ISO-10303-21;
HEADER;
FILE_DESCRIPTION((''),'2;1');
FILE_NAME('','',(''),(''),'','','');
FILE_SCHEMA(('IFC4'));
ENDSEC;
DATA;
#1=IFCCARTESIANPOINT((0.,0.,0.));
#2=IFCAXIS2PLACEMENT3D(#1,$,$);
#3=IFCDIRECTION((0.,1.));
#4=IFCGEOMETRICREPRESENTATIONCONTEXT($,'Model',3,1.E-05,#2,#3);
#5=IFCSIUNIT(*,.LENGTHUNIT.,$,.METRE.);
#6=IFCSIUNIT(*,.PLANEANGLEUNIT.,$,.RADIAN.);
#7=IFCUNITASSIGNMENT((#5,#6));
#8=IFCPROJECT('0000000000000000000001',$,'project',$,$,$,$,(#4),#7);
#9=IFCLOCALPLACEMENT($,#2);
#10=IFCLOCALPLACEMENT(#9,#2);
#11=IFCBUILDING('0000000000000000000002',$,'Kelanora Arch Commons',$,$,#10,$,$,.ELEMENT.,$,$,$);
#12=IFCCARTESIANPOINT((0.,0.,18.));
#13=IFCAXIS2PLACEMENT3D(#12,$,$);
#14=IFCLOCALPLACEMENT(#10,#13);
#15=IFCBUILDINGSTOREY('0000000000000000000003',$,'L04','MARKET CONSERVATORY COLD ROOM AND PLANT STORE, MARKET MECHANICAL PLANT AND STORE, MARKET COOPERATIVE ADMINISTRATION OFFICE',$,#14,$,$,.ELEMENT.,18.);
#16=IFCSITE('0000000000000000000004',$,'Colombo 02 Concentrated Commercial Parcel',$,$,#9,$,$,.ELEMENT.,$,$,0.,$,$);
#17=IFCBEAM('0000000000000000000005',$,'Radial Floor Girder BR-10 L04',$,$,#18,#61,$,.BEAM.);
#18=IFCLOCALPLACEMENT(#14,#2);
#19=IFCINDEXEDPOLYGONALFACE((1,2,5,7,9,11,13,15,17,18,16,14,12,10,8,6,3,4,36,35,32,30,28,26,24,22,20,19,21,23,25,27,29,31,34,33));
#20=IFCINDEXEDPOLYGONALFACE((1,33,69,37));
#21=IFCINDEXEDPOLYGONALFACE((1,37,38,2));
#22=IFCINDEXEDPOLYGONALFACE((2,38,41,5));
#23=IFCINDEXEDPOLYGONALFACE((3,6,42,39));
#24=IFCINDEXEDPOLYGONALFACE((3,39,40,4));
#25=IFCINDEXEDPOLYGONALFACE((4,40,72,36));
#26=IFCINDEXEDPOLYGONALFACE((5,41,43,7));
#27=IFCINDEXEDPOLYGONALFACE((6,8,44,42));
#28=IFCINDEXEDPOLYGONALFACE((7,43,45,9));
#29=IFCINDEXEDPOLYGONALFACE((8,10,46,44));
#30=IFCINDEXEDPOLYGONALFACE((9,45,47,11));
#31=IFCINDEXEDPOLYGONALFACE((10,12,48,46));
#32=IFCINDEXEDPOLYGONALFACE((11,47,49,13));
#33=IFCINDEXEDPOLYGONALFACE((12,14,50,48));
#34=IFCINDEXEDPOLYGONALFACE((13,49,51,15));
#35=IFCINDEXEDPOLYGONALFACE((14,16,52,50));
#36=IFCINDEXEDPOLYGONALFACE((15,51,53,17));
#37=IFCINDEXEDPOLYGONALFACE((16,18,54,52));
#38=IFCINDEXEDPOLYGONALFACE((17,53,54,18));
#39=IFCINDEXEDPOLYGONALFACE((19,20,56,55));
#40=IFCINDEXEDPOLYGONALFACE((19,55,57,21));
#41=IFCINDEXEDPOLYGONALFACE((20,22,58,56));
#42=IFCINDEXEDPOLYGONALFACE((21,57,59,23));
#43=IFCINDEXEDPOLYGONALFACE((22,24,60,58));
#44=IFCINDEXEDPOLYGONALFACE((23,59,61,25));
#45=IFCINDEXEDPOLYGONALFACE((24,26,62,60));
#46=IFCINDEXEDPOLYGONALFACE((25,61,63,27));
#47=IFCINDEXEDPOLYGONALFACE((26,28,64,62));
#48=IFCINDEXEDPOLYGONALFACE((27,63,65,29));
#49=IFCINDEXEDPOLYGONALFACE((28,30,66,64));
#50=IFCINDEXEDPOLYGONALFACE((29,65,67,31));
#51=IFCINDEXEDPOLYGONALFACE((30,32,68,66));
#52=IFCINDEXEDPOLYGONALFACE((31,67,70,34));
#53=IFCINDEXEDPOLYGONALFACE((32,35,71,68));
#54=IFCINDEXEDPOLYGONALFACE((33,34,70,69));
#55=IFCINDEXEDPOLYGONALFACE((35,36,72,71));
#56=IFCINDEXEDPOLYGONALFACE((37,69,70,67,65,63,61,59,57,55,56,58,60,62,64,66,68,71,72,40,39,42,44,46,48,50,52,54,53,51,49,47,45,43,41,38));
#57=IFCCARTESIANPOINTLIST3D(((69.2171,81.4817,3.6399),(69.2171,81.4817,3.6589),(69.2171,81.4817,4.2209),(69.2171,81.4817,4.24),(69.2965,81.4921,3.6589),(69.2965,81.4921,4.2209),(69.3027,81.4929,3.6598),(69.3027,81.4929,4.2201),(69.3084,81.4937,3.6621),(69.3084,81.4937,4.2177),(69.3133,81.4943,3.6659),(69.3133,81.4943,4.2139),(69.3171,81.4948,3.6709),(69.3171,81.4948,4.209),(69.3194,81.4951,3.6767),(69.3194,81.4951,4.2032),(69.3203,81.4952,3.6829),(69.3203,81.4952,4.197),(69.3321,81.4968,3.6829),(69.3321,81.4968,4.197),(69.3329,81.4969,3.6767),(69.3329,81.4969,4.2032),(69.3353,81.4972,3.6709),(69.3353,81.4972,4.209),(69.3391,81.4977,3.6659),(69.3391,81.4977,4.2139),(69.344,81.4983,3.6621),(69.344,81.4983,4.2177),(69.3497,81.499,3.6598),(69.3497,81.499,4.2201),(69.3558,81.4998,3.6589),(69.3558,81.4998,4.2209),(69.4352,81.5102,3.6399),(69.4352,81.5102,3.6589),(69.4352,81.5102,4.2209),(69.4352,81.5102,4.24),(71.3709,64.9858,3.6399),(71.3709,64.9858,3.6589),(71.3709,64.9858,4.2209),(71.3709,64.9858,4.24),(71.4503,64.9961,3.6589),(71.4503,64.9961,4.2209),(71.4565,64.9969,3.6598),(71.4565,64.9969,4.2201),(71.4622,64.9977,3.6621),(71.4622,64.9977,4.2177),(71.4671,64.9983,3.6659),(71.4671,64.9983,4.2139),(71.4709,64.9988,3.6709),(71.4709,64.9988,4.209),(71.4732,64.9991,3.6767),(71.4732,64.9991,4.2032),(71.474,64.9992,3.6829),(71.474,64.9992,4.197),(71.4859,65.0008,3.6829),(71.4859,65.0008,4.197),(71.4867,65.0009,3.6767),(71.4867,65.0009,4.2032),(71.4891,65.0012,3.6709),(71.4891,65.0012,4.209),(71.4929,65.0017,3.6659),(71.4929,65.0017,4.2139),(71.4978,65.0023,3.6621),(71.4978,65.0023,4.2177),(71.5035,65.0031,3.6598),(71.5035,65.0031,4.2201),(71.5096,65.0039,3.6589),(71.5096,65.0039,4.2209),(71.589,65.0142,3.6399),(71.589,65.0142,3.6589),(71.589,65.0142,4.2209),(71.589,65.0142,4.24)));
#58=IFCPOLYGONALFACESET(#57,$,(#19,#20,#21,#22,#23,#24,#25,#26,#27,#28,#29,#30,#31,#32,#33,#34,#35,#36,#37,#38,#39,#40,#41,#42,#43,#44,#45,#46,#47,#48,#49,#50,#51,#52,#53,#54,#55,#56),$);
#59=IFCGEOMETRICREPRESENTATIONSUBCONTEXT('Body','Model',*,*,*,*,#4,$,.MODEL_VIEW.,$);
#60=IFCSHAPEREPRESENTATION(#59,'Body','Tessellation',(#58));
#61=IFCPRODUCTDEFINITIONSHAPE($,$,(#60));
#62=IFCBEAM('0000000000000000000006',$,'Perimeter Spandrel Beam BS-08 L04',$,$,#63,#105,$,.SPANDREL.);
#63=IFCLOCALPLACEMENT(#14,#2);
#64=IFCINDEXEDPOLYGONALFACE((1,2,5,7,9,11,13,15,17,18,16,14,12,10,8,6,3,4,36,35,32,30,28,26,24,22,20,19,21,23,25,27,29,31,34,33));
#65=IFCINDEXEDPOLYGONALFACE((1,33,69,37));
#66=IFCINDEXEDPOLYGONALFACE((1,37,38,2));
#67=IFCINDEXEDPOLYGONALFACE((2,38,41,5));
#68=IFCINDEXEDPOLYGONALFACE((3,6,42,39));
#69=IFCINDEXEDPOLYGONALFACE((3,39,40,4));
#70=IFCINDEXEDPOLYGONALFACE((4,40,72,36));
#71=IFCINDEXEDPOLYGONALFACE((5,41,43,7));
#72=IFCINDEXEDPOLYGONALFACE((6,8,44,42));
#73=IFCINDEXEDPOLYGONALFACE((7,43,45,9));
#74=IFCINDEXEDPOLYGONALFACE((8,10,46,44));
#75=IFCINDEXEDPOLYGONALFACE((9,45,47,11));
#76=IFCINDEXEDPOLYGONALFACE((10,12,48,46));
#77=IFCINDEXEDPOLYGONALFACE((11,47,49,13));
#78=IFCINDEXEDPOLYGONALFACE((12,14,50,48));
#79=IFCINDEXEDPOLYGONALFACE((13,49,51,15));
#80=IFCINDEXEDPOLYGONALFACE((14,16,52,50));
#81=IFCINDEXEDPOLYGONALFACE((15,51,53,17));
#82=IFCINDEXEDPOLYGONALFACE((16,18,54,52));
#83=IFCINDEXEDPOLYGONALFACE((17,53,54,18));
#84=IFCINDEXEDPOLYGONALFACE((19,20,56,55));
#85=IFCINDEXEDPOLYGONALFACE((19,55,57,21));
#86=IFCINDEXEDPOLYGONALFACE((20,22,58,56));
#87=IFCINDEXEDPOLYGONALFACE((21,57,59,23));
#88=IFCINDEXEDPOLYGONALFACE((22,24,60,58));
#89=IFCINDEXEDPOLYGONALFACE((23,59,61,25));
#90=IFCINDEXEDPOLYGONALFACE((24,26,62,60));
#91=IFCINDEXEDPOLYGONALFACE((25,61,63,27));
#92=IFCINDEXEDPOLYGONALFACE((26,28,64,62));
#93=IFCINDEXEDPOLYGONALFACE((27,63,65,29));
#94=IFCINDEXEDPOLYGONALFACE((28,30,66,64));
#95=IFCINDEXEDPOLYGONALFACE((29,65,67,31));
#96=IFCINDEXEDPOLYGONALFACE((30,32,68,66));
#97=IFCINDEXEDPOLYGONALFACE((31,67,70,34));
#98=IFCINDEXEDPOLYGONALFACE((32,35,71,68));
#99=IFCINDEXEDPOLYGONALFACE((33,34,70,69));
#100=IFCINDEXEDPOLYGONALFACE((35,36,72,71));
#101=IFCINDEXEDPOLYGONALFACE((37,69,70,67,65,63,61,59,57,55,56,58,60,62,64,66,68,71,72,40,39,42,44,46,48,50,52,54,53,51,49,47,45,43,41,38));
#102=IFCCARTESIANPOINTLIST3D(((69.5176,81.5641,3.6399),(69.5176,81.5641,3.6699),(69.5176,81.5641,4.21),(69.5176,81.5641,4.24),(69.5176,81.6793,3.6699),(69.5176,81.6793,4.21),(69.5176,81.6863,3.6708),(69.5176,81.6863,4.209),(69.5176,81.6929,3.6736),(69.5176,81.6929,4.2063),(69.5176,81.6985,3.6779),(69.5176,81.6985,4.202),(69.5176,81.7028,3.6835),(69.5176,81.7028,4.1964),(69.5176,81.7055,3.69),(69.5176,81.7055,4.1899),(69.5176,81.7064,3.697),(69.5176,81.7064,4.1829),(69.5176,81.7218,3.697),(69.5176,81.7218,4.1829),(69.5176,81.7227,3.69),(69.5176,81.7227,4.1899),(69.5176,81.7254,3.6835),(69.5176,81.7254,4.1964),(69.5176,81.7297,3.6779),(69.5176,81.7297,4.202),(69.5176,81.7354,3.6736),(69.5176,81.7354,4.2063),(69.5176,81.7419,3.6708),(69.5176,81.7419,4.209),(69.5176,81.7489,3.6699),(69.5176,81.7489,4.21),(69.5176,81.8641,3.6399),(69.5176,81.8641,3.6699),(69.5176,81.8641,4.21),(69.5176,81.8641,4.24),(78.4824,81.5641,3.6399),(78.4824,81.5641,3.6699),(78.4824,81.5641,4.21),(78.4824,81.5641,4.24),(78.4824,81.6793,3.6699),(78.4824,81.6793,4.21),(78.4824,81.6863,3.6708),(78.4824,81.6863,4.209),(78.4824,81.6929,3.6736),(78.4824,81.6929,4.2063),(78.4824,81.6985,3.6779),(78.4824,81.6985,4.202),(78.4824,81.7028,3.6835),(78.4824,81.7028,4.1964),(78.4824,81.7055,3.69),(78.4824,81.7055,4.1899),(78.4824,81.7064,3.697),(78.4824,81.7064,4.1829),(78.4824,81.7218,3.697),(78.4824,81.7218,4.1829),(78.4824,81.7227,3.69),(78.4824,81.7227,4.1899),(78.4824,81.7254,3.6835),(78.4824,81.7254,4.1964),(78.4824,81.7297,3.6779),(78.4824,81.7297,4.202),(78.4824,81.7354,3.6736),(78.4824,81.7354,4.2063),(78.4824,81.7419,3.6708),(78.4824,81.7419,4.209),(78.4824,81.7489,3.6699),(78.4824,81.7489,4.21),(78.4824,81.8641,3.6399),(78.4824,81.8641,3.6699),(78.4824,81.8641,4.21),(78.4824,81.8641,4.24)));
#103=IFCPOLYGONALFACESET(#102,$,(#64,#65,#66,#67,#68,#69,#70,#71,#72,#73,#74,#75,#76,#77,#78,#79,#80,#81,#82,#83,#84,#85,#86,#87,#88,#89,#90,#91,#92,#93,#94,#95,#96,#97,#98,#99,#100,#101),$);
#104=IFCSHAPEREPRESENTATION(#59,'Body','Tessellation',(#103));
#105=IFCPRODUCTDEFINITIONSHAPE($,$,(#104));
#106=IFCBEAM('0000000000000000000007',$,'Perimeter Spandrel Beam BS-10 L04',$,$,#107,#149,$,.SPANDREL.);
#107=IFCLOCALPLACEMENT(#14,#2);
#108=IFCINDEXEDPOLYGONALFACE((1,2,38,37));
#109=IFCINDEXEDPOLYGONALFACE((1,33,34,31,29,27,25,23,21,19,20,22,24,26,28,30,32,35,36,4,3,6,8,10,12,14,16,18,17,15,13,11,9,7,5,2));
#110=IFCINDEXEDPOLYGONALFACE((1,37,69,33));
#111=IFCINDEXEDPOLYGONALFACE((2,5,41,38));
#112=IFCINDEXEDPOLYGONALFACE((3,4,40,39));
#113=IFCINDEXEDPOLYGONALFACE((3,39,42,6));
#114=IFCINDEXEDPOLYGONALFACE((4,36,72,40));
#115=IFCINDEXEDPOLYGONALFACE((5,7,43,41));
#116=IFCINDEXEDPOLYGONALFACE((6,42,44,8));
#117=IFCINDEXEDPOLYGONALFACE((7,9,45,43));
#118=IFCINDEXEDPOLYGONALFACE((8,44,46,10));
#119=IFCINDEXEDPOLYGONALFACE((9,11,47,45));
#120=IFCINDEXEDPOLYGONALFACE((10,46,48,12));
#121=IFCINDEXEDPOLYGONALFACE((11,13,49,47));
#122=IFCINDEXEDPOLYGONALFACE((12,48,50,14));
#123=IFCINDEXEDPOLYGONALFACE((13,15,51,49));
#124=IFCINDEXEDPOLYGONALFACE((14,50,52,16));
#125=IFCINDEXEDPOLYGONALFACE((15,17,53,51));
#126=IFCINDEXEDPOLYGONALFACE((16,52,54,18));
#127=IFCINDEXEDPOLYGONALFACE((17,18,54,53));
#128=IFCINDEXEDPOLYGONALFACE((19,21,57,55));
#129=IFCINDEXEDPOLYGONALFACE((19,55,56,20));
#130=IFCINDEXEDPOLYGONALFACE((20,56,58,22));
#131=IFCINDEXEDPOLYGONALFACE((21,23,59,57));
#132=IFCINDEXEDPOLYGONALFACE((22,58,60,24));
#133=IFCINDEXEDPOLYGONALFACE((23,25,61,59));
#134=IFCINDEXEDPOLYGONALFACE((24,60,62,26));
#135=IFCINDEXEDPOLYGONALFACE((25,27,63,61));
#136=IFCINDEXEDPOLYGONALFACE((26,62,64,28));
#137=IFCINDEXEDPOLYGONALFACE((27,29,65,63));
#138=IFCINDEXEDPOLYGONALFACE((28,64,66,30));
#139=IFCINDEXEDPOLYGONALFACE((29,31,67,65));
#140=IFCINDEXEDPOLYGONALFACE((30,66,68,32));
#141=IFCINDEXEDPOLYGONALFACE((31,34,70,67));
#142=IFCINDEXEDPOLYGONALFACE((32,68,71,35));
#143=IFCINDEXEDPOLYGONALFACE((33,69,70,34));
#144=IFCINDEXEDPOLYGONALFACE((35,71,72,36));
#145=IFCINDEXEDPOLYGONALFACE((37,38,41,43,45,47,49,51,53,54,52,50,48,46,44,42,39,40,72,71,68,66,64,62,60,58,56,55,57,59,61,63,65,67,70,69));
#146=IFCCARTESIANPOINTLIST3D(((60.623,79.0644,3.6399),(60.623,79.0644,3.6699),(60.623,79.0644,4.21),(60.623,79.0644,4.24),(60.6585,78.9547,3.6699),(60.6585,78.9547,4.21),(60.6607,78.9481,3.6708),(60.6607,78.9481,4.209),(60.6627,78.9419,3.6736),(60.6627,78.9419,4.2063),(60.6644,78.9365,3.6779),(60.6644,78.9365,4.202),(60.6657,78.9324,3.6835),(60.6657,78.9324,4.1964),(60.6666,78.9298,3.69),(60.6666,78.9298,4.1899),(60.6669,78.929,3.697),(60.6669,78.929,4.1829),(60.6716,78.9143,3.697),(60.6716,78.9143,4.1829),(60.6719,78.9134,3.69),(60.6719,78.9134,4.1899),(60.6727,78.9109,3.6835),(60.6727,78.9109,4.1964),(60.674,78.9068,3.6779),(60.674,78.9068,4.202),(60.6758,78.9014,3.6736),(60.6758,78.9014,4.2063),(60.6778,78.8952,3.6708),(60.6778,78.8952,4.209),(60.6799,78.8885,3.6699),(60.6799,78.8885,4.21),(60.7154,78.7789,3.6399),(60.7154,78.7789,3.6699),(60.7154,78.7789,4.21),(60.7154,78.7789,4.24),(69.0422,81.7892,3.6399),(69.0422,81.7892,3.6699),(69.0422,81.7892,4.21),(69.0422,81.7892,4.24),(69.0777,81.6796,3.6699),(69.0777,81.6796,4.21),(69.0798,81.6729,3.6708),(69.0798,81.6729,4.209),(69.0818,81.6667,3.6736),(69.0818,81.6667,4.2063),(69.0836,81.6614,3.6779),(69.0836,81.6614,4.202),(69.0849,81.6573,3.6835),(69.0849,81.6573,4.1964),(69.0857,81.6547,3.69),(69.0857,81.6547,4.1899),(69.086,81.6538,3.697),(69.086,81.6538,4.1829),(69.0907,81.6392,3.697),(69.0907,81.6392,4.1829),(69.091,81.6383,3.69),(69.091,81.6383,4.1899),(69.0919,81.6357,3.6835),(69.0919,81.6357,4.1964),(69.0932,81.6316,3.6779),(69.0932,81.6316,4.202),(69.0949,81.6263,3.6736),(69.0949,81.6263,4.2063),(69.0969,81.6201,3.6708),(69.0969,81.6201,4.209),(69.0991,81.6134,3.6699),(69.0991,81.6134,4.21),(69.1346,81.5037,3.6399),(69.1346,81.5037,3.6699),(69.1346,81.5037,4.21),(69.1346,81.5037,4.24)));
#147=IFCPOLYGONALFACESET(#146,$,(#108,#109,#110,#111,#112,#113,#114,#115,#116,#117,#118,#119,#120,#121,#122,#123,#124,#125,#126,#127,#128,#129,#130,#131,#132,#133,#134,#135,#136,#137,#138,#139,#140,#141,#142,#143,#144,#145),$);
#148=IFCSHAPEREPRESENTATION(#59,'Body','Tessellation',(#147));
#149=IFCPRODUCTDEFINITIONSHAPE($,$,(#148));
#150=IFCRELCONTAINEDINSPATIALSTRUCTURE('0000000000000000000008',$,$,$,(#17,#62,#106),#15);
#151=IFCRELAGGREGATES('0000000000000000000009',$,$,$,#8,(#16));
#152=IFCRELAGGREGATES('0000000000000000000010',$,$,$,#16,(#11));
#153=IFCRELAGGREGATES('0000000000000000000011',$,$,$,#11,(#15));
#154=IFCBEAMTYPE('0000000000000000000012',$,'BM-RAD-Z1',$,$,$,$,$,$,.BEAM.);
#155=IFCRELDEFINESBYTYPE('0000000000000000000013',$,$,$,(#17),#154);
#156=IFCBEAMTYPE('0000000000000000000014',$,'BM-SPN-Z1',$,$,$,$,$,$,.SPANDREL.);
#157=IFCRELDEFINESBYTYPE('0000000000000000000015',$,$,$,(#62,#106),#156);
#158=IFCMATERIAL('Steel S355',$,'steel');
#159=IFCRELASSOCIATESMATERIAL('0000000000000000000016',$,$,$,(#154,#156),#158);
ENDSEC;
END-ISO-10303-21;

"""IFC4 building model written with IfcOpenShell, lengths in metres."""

from ifc_helpers import new_model, si_unit, direction, frame, origin, origin_2d, place, context, subcontext, project, spatial, i_section, extrude, material, material_profile, profile_set, type_object, element, save


model = new_model("IFC4")

# Units and contexts
model_context = context("Model", 3, precision=1e-05, world=origin(), true_north=direction((0.0, 1.0)))
body_context = subcontext(model_context, "Body", "Model", "MODEL_VIEW")
ifc_project = project(units=[si_unit("LENGTHUNIT", "METRE"), si_unit("PLANEANGLEUNIT", "RADIAN")], contexts=[model_context])

# Site, building, storey
site_placement = place(None, origin())
site = spatial("IfcSite", under=ifc_project, at=site_placement, Name="Colombo 02 Concentrated Commercial Parcel", CompositionType="ELEMENT", RefElevation=0.0)
building_placement = place(site_placement, origin())
building = spatial("IfcBuilding", under=site, at=building_placement, Name="Kelanora Arch Commons", CompositionType="ELEMENT")
storey_placement = place(building_placement, frame((0.0, 0.0, 18.0)))
storey = spatial("IfcBuildingStorey", under=building, at=storey_placement, Name="L04", Description="MARKET CONSERVATORY COLD ROOM AND PLANT STORE, MARKET MECHANICAL PLANT AND STORE, MARKET COOPERATIVE ADMINISTRATION OFFICE", CompositionType="ELEMENT", Elevation=18.0)

# Beams
ifc_material_1 = material(Name="Steel S355", Category="steel")
ifc_material_profile_1 = material_profile(ifc_material_1, i_section(OverallWidth=0.22, OverallDepth=0.6001, WebThickness=0.012, FlangeThickness=0.019, FilletRadius=0.0239, at=origin_2d()), Name="IPE600")
ifc_profile_set_1 = profile_set([ifc_material_profile_1], Name="Steel S355")
beam_type_1 = type_object("IfcBeamType", Name="BM-RAD-Z1", PredefinedType="BEAM", material=ifc_profile_set_1)
beam_1_placement = place(storey_placement, frame((71.48, 65.0, 3.9399), z_axis=(-0.129466, 0.991584, 0.0), x_axis=(-0.991584, -0.129466, 0.0)))
element("IfcBeam", 1, at=beam_1_placement, inside=storey, type_object=beam_type_1, Name="Radial Floor Girder BR-10 L04", PredefinedType="BEAM", context=body_context, shape_type="SweptSolid", body=[
    extrude(i_section(OverallWidth=0.22, OverallDepth=0.6001, WebThickness=0.012, FlangeThickness=0.019, FilletRadius=0.0239, at=origin_2d()), origin(), (0.0, 0.0, 1.0), 16.636),
])
ifc_material_profile_2 = material_profile(ifc_material_1, i_section(OverallWidth=0.3, OverallDepth=0.6001, WebThickness=0.0154, FlangeThickness=0.03, FilletRadius=0.0271, at=origin_2d()), Name="HEB600")
ifc_profile_set_2 = profile_set([ifc_material_profile_2], Name="Steel S355")
beam_type_2 = type_object("IfcBeamType", Name="BM-SPN-Z1", PredefinedType="SPANDREL", material=ifc_profile_set_2)
beam_2_placement = place(storey_placement, frame((78.4824, 81.7141, 3.9399), z_axis=(-1.0, 0.0, 0.0), x_axis=(0.0, -1.0, 0.0)))
element("IfcBeam", 2, at=beam_2_placement, inside=storey, type_object=beam_type_2, Name="Perimeter Spandrel Beam BS-08 L04", PredefinedType="SPANDREL", context=body_context, shape_type="SweptSolid", body=[
    extrude(i_section(OverallWidth=0.3, OverallDepth=0.6001, WebThickness=0.0154, FlangeThickness=0.03, FilletRadius=0.0271, at=origin_2d()), origin(), (0.0, 0.0, 1.0), 8.9648),
])
beam_3_placement = place(storey_placement, frame((69.0884, 81.6465, 3.9399), z_axis=(-0.951411, -0.307922, 0.0), x_axis=(0.307922, -0.951411, 0.0)))
element("IfcBeam", 3, at=beam_3_placement, inside=storey, type_object=beam_type_2, Name="Perimeter Spandrel Beam BS-10 L04", PredefinedType="SPANDREL", context=body_context, shape_type="SweptSolid", body=[
    extrude(i_section(OverallWidth=0.3, OverallDepth=0.6001, WebThickness=0.0154, FlangeThickness=0.03, FilletRadius=0.0271, at=origin_2d()), origin(), (0.0, 0.0, 1.0), 8.8491),
])

save(model, "model.ifc")
